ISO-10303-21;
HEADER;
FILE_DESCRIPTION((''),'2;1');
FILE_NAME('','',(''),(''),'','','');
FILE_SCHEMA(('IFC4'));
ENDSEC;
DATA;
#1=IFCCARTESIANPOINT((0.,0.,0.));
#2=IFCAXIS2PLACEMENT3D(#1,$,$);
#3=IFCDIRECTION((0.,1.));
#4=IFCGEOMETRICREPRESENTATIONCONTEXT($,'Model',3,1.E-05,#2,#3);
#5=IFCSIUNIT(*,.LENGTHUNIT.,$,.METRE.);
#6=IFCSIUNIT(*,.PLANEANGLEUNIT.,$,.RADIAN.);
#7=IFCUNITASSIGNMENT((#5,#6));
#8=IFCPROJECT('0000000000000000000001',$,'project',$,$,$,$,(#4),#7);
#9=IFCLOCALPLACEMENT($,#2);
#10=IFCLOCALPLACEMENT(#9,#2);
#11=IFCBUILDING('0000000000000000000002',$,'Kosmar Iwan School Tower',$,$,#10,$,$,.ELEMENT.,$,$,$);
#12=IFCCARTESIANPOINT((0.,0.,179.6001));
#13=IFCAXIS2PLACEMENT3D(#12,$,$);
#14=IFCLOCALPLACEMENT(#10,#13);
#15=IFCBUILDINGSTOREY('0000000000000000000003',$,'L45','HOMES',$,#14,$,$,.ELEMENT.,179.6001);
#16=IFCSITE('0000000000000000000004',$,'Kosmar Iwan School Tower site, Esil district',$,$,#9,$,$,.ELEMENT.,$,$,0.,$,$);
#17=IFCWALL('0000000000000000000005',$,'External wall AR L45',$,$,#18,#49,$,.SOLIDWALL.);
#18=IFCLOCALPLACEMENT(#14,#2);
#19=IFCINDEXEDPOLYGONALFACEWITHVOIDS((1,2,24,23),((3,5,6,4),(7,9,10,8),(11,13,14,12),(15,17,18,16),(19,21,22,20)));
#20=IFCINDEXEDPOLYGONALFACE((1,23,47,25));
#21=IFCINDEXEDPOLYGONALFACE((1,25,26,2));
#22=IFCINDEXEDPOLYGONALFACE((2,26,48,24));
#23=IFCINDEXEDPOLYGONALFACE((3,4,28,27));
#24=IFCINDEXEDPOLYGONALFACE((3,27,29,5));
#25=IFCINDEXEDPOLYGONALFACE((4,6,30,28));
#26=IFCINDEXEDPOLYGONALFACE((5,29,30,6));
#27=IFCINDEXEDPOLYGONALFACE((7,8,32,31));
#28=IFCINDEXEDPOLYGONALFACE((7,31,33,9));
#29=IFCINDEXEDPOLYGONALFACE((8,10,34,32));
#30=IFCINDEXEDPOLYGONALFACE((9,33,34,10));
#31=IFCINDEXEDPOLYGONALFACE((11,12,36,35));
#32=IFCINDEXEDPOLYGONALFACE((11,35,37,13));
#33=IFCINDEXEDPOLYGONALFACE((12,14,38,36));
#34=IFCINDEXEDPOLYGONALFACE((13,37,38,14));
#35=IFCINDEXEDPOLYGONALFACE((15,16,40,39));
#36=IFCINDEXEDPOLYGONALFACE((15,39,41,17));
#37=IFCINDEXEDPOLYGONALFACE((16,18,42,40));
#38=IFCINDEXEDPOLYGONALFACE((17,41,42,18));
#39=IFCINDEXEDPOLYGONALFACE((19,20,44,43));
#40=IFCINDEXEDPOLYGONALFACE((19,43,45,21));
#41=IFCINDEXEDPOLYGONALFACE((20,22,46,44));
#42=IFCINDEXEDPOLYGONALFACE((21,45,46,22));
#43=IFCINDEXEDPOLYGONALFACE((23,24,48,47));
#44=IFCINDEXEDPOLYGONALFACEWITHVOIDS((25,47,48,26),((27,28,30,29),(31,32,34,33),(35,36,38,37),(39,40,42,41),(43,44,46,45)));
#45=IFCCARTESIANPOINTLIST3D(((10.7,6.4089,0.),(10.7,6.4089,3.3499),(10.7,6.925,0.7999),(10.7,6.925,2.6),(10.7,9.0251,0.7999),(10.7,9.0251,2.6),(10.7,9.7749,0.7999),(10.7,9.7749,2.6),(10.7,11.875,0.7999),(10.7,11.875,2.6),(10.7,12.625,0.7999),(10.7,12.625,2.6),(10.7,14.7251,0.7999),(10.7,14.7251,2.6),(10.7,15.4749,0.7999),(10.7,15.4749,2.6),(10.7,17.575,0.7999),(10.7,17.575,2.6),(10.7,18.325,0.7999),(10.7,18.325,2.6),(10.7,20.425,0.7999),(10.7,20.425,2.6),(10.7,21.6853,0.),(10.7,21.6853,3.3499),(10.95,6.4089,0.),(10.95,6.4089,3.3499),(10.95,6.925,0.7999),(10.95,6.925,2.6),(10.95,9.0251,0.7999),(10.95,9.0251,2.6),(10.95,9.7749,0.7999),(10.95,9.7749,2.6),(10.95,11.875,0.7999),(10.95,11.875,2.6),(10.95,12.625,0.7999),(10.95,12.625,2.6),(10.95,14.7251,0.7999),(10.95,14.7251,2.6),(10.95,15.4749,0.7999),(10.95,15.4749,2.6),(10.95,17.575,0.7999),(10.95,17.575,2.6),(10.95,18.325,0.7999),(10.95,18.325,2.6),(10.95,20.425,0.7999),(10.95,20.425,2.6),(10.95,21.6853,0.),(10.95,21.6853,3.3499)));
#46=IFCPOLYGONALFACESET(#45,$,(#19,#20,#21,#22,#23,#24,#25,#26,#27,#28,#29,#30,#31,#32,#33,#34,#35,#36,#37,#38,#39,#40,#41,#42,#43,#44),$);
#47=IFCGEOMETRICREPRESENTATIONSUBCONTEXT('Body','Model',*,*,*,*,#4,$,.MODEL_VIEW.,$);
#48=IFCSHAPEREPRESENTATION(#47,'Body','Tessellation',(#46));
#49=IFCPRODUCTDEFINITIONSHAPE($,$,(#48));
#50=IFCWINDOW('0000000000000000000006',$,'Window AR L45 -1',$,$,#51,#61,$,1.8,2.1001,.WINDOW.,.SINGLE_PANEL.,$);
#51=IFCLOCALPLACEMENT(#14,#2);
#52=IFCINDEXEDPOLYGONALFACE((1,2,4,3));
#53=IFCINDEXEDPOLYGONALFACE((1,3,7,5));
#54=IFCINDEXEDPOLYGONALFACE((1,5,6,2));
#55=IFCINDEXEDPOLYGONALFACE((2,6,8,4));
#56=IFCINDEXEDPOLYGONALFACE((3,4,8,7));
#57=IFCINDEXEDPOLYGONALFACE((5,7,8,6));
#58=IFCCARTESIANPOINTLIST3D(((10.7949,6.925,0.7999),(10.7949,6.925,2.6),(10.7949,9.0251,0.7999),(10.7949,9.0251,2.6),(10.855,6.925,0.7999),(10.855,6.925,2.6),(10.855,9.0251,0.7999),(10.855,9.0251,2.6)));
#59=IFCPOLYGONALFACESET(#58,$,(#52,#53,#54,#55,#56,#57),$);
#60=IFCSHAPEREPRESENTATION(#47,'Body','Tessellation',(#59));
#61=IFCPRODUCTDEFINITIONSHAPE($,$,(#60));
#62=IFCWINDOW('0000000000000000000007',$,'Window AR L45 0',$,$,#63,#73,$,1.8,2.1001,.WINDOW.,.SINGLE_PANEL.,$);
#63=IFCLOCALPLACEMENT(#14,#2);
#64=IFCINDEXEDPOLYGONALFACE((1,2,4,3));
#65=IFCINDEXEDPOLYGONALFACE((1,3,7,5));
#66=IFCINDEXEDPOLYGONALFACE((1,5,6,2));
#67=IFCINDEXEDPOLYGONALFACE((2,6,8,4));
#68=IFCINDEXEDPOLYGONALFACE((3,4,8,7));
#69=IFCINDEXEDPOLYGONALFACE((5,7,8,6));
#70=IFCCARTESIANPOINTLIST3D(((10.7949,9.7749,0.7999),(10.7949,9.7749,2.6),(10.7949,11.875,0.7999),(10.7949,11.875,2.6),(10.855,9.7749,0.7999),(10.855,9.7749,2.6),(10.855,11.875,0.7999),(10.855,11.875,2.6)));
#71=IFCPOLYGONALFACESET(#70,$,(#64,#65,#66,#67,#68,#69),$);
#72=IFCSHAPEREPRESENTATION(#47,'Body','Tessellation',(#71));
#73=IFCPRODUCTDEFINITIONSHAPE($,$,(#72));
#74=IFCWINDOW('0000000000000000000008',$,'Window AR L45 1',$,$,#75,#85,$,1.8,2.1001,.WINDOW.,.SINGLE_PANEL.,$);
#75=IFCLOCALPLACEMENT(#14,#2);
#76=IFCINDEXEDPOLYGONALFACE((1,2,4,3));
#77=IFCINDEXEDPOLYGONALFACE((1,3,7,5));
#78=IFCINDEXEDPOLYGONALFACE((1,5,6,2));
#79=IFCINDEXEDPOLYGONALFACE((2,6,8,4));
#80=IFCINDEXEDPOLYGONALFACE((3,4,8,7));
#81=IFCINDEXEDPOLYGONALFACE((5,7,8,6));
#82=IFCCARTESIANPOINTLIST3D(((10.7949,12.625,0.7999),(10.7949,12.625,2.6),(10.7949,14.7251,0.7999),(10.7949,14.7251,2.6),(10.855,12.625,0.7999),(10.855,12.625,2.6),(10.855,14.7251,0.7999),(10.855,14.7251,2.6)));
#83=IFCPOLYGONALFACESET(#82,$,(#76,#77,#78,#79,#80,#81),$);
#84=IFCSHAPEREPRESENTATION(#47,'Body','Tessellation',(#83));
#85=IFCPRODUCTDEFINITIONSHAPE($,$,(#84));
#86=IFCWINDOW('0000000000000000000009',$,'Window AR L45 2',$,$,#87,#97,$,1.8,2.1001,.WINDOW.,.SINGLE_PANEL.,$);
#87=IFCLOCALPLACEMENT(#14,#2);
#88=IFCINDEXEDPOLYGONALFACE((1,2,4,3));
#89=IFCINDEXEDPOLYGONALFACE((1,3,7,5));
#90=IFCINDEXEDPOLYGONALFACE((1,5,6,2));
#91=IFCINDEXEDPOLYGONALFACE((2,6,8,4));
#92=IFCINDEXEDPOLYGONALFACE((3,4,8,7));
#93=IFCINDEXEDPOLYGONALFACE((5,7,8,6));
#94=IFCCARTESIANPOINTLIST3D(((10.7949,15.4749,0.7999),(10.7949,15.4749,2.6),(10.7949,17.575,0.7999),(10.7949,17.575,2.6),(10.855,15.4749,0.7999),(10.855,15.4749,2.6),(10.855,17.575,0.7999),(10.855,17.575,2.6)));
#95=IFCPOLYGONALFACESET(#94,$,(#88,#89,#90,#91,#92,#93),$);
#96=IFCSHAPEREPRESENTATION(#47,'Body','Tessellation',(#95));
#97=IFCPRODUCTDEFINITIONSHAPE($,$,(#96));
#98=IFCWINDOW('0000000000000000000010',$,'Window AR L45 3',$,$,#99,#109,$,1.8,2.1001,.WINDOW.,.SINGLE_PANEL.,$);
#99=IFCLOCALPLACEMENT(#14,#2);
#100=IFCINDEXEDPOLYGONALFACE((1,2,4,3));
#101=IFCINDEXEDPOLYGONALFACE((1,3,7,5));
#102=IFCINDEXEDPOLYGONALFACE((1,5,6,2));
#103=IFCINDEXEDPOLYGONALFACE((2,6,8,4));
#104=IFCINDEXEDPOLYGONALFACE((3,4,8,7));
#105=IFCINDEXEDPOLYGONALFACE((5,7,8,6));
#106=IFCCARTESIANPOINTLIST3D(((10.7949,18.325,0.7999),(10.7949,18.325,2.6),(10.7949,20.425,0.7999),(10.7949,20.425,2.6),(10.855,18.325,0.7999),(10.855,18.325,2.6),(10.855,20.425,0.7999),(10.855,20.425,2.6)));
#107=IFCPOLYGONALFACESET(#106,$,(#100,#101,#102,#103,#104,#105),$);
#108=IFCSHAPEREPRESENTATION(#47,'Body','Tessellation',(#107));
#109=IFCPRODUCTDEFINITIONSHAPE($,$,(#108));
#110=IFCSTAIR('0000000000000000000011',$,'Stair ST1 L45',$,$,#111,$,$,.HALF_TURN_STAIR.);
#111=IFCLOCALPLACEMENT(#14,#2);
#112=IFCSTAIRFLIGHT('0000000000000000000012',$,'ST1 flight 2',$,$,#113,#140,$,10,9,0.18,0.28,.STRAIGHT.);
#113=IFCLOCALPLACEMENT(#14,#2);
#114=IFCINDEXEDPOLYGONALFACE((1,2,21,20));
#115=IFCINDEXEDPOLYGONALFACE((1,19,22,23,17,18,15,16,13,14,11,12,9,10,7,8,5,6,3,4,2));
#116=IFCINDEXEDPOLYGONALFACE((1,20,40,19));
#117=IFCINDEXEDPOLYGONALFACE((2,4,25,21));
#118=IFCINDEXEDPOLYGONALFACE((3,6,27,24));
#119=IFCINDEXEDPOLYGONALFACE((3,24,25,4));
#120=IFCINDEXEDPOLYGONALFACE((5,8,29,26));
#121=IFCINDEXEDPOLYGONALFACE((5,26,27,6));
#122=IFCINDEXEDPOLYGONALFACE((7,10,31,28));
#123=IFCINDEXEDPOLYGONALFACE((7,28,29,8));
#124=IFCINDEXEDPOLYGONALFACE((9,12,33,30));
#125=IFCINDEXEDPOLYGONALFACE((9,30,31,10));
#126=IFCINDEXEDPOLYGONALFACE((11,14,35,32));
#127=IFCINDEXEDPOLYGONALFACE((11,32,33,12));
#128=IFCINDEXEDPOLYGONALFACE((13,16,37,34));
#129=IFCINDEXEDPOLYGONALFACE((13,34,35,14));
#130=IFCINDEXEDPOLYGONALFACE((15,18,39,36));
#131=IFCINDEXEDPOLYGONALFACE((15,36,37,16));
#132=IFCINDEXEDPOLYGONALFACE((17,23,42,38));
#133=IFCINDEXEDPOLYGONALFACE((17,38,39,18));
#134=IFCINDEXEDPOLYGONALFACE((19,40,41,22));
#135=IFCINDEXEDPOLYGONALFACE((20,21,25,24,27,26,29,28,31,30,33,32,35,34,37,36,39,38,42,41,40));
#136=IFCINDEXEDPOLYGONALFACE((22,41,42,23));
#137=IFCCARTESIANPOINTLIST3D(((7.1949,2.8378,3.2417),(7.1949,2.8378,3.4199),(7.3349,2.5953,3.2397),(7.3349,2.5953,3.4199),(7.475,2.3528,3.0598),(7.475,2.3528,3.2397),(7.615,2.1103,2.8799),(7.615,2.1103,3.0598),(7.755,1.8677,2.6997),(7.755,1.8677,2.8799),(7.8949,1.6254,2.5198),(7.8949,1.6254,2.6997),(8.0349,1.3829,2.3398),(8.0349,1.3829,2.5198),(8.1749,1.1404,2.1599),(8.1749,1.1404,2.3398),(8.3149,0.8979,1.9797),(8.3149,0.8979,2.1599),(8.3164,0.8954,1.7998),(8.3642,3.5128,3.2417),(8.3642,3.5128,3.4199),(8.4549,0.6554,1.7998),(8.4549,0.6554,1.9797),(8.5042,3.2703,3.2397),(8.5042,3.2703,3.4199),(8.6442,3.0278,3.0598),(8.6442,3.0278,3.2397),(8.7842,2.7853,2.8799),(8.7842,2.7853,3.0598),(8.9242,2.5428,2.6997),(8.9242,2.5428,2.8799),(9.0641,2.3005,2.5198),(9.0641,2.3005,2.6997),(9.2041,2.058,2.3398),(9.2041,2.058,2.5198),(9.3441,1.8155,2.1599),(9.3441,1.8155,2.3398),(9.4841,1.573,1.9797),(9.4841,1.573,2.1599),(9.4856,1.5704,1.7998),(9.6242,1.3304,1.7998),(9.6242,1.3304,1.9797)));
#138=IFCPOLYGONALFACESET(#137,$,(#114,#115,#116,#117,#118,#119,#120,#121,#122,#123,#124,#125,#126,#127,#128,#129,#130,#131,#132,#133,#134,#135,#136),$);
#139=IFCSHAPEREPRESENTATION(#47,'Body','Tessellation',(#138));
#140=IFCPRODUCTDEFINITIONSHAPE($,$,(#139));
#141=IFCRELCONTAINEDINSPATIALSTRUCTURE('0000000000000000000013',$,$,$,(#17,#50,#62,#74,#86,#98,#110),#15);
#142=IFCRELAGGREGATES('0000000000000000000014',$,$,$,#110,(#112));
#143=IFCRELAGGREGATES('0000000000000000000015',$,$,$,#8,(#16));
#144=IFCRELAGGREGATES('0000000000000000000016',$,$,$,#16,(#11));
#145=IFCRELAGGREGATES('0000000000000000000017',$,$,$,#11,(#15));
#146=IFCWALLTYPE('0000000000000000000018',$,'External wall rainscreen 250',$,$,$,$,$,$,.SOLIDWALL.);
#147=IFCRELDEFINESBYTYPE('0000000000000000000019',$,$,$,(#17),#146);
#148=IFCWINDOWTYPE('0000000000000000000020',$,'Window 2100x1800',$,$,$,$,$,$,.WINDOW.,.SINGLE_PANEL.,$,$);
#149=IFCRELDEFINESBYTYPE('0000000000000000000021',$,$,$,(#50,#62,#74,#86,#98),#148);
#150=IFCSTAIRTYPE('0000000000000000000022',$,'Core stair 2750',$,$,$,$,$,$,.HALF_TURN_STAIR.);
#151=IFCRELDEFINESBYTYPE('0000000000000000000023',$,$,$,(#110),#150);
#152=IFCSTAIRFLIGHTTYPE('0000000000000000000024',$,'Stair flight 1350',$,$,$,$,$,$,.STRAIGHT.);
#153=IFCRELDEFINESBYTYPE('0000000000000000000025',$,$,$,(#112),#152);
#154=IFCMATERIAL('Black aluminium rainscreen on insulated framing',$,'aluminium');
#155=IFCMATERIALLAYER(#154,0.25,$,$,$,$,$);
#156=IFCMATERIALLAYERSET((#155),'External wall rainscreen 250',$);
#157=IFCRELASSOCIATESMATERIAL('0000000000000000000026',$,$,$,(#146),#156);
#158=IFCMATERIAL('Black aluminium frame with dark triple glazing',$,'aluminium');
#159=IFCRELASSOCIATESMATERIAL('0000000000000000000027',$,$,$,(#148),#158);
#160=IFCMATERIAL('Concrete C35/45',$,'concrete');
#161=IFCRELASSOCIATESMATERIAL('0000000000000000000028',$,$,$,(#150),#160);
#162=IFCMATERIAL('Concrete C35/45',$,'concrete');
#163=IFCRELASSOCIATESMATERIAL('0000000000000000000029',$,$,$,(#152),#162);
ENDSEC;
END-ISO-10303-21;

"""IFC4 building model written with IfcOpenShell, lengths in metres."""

from ifc_helpers import new_model, si_unit, direction, frame, frame_2d, origin, place, context, subcontext, project, spatial, polyline, rectangle, outline, extrude, material, layer, layer_set, type_object, element, fill, aggregate, save


model = new_model("IFC4")

# Units and contexts
model_context = context("Model", 3, precision=1e-05, world=origin(), true_north=direction((0.0, 1.0)))
body_context = subcontext(model_context, "Body", "Model", "MODEL_VIEW")
ifc_project = project(units=[si_unit("LENGTHUNIT", "METRE"), si_unit("PLANEANGLEUNIT", "RADIAN")], contexts=[model_context])

# Site, building, storey
site_placement = place(None, origin())
site = spatial("IfcSite", under=ifc_project, at=site_placement, Name="Kosmar Iwan School Tower site, Esil district", CompositionType="ELEMENT", RefElevation=0.0)
building_placement = place(site_placement, origin())
building = spatial("IfcBuilding", under=site, at=building_placement, Name="Kosmar Iwan School Tower", CompositionType="ELEMENT")
storey_placement = place(building_placement, frame((0.0, 0.0, 179.6001)))
storey = spatial("IfcBuildingStorey", under=building, at=storey_placement, Name="L45", Description="HOMES", CompositionType="ELEMENT", Elevation=179.6001)

# Wall, openings, windows
ifc_material_1 = material(Name="Black aluminium rainscreen on insulated framing", Category="aluminium")
ifc_layer = layer(ifc_material_1, 0.25)
ifc_layer_set = layer_set([ifc_layer], Name="External wall rainscreen 250")
wall_type = type_object("IfcWallType", Name="External wall rainscreen 250", PredefinedType="SOLIDWALL", material=ifc_layer_set)
ifc_material_2 = material(Name="Black aluminium frame with dark triple glazing", Category="aluminium")
window_type = type_object("IfcWindowType", Name="Window 2100x1800", PartitioningType="SINGLE_PANEL", PredefinedType="WINDOW", material=ifc_material_2)
wall_1_placement = place(storey_placement, frame((10.825, 6.4089, 0.0), z_axis=(0.0, 0.0, 1.0), x_axis=(0.0, 1.0, 0.0)))
wall_1 = element("IfcWall", 1, at=wall_1_placement, inside=storey, type_object=wall_type, Name="External wall AR L45", PredefinedType="SOLIDWALL", context=body_context, shape_type="SweptSolid", body=[
    extrude(rectangle(XDim=15.2764, YDim=0.25, at=frame_2d((7.6382, 0.0))), origin(), (0.0, 0.0, 1.0), 3.3499),
])
opening_1_placement = place(wall_1_placement, frame((0.5161, 0.0, 0.8)))
opening_1 = element("IfcOpeningElement", 2, at=opening_1_placement, cuts=wall_1, PredefinedType="OPENING", context=body_context, shape_type="SweptSolid", body=[
    extrude(rectangle(XDim=2.1001, YDim=1.8, at=frame_2d((1.05, 0.8999))), frame((0.0, 0.137, 0.0), z_axis=(0.0, -1.0, 0.0), x_axis=(1.0, 0.0, 0.0)), (0.0, 0.0, 1.0), 0.2739),
])
opening_2_placement = place(wall_1_placement, frame((3.366, 0.0, 0.8)))
opening_2 = element("IfcOpeningElement", 3, at=opening_2_placement, cuts=wall_1, PredefinedType="OPENING", context=body_context, shape_type="SweptSolid", body=[
    extrude(rectangle(XDim=2.1001, YDim=1.8, at=frame_2d((1.05, 0.8999))), frame((0.0, 0.137, 0.0), z_axis=(0.0, -1.0, 0.0), x_axis=(1.0, 0.0, 0.0)), (0.0, 0.0, 1.0), 0.2739),
])
opening_3_placement = place(wall_1_placement, frame((6.2161, 0.0, 0.8)))
opening_3 = element("IfcOpeningElement", 4, at=opening_3_placement, cuts=wall_1, PredefinedType="OPENING", context=body_context, shape_type="SweptSolid", body=[
    extrude(rectangle(XDim=2.1001, YDim=1.8, at=frame_2d((1.05, 0.8999))), frame((0.0, 0.137, 0.0), z_axis=(0.0, -1.0, 0.0), x_axis=(1.0, 0.0, 0.0)), (0.0, 0.0, 1.0), 0.2739),
])
opening_4_placement = place(wall_1_placement, frame((9.0659, 0.0, 0.8)))
opening_4 = element("IfcOpeningElement", 5, at=opening_4_placement, cuts=wall_1, PredefinedType="OPENING", context=body_context, shape_type="SweptSolid", body=[
    extrude(rectangle(XDim=2.1001, YDim=1.8, at=frame_2d((1.05, 0.8999))), frame((0.0, 0.137, 0.0), z_axis=(0.0, -1.0, 0.0), x_axis=(1.0, 0.0, 0.0)), (0.0, 0.0, 1.0), 0.2739),
])
opening_5_placement = place(wall_1_placement, frame((11.916, 0.0, 0.8)))
opening_5 = element("IfcOpeningElement", 6, at=opening_5_placement, cuts=wall_1, PredefinedType="OPENING", context=body_context, shape_type="SweptSolid", body=[
    extrude(rectangle(XDim=2.1001, YDim=1.8, at=frame_2d((1.05, 0.8999))), frame((0.0, 0.137, 0.0), z_axis=(0.0, -1.0, 0.0), x_axis=(1.0, 0.0, 0.0)), (0.0, 0.0, 1.0), 0.2739),
])
window_1_placement = place(opening_1_placement, origin())
window_1 = element("IfcWindow", 7, at=window_1_placement, inside=storey, type_object=window_type, Name="Window AR L45 -1", OverallHeight=1.8, OverallWidth=2.1001, PartitioningType="SINGLE_PANEL", PredefinedType="WINDOW", context=body_context, shape_type="SweptSolid", body=[
    extrude(rectangle(XDim=2.1001, YDim=1.8, at=frame_2d((1.05, 0.8999))), frame((0.0, 0.03, 0.0), z_axis=(0.0, -1.0, 0.0), x_axis=(1.0, 0.0, 0.0)), (0.0, 0.0, 1.0), 0.0601),
])
fill(opening_1, window_1)
window_2_placement = place(opening_2_placement, origin())
window_2 = element("IfcWindow", 8, at=window_2_placement, inside=storey, type_object=window_type, Name="Window AR L45 0", OverallHeight=1.8, OverallWidth=2.1001, PartitioningType="SINGLE_PANEL", PredefinedType="WINDOW", context=body_context, shape_type="SweptSolid", body=[
    extrude(rectangle(XDim=2.1001, YDim=1.8, at=frame_2d((1.05, 0.8999))), frame((0.0, 0.03, 0.0), z_axis=(0.0, -1.0, 0.0), x_axis=(1.0, 0.0, 0.0)), (0.0, 0.0, 1.0), 0.0601),
])
fill(opening_2, window_2)
window_3_placement = place(opening_3_placement, origin())
window_3 = element("IfcWindow", 9, at=window_3_placement, inside=storey, type_object=window_type, Name="Window AR L45 1", OverallHeight=1.8, OverallWidth=2.1001, PartitioningType="SINGLE_PANEL", PredefinedType="WINDOW", context=body_context, shape_type="SweptSolid", body=[
    extrude(rectangle(XDim=2.1001, YDim=1.8, at=frame_2d((1.05, 0.8999))), frame((0.0, 0.03, 0.0), z_axis=(0.0, -1.0, 0.0), x_axis=(1.0, 0.0, 0.0)), (0.0, 0.0, 1.0), 0.0601),
])
fill(opening_3, window_3)
window_4_placement = place(opening_4_placement, origin())
window_4 = element("IfcWindow", 10, at=window_4_placement, inside=storey, type_object=window_type, Name="Window AR L45 2", OverallHeight=1.8, OverallWidth=2.1001, PartitioningType="SINGLE_PANEL", PredefinedType="WINDOW", context=body_context, shape_type="SweptSolid", body=[
    extrude(rectangle(XDim=2.1001, YDim=1.8, at=frame_2d((1.05, 0.8999))), frame((0.0, 0.03, 0.0), z_axis=(0.0, -1.0, 0.0), x_axis=(1.0, 0.0, 0.0)), (0.0, 0.0, 1.0), 0.0601),
])
fill(opening_4, window_4)
window_5_placement = place(opening_5_placement, origin())
window_5 = element("IfcWindow", 11, at=window_5_placement, inside=storey, type_object=window_type, Name="Window AR L45 3", OverallHeight=1.8, OverallWidth=2.1001, PartitioningType="SINGLE_PANEL", PredefinedType="WINDOW", context=body_context, shape_type="SweptSolid", body=[
    extrude(rectangle(XDim=2.1001, YDim=1.8, at=frame_2d((1.05, 0.8999))), frame((0.0, 0.03, 0.0), z_axis=(0.0, -1.0, 0.0), x_axis=(1.0, 0.0, 0.0)), (0.0, 0.0, 1.0), 0.0601),
])
fill(opening_5, window_5)

# Stair, stair flight
ifc_material_3 = material(Name="Concrete C35/45", Category="concrete")
stair_type = type_object("IfcStairType", Name="Core stair 2750", PredefinedType="HALF_TURN_STAIR", material=ifc_material_3)
stair_placement = place(storey_placement, origin())
stair = element("IfcStair", 12, at=stair_placement, inside=storey, type_object=stair_type, Name="Stair ST1 L45", PredefinedType="HALF_TURN_STAIR")
ifc_material_4 = material(Name="Concrete C35/45", Category="concrete")
stair_flight_type = type_object("IfcStairFlightType", Name="Stair flight 1350", PredefinedType="STRAIGHT", material=ifc_material_4)
stair_flight_placement = place(storey_placement, frame((9.0396, 0.9929, 1.7998), z_axis=(0.0, 0.0, 1.0), x_axis=(-0.5, 0.866025, 0.0)))
stair_flight = element("IfcStairFlight", 13, at=stair_flight_placement, type_object=stair_flight_type, Name="ST1 flight 2", NumberOfRisers=10, NumberOfTreads=9, PredefinedType="STRAIGHT", RiserHeight=0.18, TreadLength=0.28, context=body_context, shape_type="SweptSolid", body=[
    extrude(outline(polyline([(0.0, 0.0), (0.0, 0.1799), (0.28, 0.1799), (0.28, 0.3601), (0.5601, 0.3601), (0.5601, 0.54), (0.8401, 0.54), (0.8401, 0.72), (1.1201, 0.72), (1.1201, 0.8999), (1.3999, 0.8999), (1.3999, 1.0801), (1.6799, 1.0801), (1.6799, 1.26), (1.96, 1.26), (1.96, 1.4399), (2.24, 1.4399), (2.24, 1.6201), (2.52, 1.6201), (2.52, 1.8), (2.52, 1.4419), (0.2771, 0.0), (0.0, 0.0)])), frame((0.0, 0.675, 0.0), z_axis=(0.0, -1.0, 0.0), x_axis=(1.0, 0.0, 0.0)), (0.0, 0.0, 1.0), 1.3501),
])
aggregate(stair, [stair_flight])

save(model, "model.ifc")
